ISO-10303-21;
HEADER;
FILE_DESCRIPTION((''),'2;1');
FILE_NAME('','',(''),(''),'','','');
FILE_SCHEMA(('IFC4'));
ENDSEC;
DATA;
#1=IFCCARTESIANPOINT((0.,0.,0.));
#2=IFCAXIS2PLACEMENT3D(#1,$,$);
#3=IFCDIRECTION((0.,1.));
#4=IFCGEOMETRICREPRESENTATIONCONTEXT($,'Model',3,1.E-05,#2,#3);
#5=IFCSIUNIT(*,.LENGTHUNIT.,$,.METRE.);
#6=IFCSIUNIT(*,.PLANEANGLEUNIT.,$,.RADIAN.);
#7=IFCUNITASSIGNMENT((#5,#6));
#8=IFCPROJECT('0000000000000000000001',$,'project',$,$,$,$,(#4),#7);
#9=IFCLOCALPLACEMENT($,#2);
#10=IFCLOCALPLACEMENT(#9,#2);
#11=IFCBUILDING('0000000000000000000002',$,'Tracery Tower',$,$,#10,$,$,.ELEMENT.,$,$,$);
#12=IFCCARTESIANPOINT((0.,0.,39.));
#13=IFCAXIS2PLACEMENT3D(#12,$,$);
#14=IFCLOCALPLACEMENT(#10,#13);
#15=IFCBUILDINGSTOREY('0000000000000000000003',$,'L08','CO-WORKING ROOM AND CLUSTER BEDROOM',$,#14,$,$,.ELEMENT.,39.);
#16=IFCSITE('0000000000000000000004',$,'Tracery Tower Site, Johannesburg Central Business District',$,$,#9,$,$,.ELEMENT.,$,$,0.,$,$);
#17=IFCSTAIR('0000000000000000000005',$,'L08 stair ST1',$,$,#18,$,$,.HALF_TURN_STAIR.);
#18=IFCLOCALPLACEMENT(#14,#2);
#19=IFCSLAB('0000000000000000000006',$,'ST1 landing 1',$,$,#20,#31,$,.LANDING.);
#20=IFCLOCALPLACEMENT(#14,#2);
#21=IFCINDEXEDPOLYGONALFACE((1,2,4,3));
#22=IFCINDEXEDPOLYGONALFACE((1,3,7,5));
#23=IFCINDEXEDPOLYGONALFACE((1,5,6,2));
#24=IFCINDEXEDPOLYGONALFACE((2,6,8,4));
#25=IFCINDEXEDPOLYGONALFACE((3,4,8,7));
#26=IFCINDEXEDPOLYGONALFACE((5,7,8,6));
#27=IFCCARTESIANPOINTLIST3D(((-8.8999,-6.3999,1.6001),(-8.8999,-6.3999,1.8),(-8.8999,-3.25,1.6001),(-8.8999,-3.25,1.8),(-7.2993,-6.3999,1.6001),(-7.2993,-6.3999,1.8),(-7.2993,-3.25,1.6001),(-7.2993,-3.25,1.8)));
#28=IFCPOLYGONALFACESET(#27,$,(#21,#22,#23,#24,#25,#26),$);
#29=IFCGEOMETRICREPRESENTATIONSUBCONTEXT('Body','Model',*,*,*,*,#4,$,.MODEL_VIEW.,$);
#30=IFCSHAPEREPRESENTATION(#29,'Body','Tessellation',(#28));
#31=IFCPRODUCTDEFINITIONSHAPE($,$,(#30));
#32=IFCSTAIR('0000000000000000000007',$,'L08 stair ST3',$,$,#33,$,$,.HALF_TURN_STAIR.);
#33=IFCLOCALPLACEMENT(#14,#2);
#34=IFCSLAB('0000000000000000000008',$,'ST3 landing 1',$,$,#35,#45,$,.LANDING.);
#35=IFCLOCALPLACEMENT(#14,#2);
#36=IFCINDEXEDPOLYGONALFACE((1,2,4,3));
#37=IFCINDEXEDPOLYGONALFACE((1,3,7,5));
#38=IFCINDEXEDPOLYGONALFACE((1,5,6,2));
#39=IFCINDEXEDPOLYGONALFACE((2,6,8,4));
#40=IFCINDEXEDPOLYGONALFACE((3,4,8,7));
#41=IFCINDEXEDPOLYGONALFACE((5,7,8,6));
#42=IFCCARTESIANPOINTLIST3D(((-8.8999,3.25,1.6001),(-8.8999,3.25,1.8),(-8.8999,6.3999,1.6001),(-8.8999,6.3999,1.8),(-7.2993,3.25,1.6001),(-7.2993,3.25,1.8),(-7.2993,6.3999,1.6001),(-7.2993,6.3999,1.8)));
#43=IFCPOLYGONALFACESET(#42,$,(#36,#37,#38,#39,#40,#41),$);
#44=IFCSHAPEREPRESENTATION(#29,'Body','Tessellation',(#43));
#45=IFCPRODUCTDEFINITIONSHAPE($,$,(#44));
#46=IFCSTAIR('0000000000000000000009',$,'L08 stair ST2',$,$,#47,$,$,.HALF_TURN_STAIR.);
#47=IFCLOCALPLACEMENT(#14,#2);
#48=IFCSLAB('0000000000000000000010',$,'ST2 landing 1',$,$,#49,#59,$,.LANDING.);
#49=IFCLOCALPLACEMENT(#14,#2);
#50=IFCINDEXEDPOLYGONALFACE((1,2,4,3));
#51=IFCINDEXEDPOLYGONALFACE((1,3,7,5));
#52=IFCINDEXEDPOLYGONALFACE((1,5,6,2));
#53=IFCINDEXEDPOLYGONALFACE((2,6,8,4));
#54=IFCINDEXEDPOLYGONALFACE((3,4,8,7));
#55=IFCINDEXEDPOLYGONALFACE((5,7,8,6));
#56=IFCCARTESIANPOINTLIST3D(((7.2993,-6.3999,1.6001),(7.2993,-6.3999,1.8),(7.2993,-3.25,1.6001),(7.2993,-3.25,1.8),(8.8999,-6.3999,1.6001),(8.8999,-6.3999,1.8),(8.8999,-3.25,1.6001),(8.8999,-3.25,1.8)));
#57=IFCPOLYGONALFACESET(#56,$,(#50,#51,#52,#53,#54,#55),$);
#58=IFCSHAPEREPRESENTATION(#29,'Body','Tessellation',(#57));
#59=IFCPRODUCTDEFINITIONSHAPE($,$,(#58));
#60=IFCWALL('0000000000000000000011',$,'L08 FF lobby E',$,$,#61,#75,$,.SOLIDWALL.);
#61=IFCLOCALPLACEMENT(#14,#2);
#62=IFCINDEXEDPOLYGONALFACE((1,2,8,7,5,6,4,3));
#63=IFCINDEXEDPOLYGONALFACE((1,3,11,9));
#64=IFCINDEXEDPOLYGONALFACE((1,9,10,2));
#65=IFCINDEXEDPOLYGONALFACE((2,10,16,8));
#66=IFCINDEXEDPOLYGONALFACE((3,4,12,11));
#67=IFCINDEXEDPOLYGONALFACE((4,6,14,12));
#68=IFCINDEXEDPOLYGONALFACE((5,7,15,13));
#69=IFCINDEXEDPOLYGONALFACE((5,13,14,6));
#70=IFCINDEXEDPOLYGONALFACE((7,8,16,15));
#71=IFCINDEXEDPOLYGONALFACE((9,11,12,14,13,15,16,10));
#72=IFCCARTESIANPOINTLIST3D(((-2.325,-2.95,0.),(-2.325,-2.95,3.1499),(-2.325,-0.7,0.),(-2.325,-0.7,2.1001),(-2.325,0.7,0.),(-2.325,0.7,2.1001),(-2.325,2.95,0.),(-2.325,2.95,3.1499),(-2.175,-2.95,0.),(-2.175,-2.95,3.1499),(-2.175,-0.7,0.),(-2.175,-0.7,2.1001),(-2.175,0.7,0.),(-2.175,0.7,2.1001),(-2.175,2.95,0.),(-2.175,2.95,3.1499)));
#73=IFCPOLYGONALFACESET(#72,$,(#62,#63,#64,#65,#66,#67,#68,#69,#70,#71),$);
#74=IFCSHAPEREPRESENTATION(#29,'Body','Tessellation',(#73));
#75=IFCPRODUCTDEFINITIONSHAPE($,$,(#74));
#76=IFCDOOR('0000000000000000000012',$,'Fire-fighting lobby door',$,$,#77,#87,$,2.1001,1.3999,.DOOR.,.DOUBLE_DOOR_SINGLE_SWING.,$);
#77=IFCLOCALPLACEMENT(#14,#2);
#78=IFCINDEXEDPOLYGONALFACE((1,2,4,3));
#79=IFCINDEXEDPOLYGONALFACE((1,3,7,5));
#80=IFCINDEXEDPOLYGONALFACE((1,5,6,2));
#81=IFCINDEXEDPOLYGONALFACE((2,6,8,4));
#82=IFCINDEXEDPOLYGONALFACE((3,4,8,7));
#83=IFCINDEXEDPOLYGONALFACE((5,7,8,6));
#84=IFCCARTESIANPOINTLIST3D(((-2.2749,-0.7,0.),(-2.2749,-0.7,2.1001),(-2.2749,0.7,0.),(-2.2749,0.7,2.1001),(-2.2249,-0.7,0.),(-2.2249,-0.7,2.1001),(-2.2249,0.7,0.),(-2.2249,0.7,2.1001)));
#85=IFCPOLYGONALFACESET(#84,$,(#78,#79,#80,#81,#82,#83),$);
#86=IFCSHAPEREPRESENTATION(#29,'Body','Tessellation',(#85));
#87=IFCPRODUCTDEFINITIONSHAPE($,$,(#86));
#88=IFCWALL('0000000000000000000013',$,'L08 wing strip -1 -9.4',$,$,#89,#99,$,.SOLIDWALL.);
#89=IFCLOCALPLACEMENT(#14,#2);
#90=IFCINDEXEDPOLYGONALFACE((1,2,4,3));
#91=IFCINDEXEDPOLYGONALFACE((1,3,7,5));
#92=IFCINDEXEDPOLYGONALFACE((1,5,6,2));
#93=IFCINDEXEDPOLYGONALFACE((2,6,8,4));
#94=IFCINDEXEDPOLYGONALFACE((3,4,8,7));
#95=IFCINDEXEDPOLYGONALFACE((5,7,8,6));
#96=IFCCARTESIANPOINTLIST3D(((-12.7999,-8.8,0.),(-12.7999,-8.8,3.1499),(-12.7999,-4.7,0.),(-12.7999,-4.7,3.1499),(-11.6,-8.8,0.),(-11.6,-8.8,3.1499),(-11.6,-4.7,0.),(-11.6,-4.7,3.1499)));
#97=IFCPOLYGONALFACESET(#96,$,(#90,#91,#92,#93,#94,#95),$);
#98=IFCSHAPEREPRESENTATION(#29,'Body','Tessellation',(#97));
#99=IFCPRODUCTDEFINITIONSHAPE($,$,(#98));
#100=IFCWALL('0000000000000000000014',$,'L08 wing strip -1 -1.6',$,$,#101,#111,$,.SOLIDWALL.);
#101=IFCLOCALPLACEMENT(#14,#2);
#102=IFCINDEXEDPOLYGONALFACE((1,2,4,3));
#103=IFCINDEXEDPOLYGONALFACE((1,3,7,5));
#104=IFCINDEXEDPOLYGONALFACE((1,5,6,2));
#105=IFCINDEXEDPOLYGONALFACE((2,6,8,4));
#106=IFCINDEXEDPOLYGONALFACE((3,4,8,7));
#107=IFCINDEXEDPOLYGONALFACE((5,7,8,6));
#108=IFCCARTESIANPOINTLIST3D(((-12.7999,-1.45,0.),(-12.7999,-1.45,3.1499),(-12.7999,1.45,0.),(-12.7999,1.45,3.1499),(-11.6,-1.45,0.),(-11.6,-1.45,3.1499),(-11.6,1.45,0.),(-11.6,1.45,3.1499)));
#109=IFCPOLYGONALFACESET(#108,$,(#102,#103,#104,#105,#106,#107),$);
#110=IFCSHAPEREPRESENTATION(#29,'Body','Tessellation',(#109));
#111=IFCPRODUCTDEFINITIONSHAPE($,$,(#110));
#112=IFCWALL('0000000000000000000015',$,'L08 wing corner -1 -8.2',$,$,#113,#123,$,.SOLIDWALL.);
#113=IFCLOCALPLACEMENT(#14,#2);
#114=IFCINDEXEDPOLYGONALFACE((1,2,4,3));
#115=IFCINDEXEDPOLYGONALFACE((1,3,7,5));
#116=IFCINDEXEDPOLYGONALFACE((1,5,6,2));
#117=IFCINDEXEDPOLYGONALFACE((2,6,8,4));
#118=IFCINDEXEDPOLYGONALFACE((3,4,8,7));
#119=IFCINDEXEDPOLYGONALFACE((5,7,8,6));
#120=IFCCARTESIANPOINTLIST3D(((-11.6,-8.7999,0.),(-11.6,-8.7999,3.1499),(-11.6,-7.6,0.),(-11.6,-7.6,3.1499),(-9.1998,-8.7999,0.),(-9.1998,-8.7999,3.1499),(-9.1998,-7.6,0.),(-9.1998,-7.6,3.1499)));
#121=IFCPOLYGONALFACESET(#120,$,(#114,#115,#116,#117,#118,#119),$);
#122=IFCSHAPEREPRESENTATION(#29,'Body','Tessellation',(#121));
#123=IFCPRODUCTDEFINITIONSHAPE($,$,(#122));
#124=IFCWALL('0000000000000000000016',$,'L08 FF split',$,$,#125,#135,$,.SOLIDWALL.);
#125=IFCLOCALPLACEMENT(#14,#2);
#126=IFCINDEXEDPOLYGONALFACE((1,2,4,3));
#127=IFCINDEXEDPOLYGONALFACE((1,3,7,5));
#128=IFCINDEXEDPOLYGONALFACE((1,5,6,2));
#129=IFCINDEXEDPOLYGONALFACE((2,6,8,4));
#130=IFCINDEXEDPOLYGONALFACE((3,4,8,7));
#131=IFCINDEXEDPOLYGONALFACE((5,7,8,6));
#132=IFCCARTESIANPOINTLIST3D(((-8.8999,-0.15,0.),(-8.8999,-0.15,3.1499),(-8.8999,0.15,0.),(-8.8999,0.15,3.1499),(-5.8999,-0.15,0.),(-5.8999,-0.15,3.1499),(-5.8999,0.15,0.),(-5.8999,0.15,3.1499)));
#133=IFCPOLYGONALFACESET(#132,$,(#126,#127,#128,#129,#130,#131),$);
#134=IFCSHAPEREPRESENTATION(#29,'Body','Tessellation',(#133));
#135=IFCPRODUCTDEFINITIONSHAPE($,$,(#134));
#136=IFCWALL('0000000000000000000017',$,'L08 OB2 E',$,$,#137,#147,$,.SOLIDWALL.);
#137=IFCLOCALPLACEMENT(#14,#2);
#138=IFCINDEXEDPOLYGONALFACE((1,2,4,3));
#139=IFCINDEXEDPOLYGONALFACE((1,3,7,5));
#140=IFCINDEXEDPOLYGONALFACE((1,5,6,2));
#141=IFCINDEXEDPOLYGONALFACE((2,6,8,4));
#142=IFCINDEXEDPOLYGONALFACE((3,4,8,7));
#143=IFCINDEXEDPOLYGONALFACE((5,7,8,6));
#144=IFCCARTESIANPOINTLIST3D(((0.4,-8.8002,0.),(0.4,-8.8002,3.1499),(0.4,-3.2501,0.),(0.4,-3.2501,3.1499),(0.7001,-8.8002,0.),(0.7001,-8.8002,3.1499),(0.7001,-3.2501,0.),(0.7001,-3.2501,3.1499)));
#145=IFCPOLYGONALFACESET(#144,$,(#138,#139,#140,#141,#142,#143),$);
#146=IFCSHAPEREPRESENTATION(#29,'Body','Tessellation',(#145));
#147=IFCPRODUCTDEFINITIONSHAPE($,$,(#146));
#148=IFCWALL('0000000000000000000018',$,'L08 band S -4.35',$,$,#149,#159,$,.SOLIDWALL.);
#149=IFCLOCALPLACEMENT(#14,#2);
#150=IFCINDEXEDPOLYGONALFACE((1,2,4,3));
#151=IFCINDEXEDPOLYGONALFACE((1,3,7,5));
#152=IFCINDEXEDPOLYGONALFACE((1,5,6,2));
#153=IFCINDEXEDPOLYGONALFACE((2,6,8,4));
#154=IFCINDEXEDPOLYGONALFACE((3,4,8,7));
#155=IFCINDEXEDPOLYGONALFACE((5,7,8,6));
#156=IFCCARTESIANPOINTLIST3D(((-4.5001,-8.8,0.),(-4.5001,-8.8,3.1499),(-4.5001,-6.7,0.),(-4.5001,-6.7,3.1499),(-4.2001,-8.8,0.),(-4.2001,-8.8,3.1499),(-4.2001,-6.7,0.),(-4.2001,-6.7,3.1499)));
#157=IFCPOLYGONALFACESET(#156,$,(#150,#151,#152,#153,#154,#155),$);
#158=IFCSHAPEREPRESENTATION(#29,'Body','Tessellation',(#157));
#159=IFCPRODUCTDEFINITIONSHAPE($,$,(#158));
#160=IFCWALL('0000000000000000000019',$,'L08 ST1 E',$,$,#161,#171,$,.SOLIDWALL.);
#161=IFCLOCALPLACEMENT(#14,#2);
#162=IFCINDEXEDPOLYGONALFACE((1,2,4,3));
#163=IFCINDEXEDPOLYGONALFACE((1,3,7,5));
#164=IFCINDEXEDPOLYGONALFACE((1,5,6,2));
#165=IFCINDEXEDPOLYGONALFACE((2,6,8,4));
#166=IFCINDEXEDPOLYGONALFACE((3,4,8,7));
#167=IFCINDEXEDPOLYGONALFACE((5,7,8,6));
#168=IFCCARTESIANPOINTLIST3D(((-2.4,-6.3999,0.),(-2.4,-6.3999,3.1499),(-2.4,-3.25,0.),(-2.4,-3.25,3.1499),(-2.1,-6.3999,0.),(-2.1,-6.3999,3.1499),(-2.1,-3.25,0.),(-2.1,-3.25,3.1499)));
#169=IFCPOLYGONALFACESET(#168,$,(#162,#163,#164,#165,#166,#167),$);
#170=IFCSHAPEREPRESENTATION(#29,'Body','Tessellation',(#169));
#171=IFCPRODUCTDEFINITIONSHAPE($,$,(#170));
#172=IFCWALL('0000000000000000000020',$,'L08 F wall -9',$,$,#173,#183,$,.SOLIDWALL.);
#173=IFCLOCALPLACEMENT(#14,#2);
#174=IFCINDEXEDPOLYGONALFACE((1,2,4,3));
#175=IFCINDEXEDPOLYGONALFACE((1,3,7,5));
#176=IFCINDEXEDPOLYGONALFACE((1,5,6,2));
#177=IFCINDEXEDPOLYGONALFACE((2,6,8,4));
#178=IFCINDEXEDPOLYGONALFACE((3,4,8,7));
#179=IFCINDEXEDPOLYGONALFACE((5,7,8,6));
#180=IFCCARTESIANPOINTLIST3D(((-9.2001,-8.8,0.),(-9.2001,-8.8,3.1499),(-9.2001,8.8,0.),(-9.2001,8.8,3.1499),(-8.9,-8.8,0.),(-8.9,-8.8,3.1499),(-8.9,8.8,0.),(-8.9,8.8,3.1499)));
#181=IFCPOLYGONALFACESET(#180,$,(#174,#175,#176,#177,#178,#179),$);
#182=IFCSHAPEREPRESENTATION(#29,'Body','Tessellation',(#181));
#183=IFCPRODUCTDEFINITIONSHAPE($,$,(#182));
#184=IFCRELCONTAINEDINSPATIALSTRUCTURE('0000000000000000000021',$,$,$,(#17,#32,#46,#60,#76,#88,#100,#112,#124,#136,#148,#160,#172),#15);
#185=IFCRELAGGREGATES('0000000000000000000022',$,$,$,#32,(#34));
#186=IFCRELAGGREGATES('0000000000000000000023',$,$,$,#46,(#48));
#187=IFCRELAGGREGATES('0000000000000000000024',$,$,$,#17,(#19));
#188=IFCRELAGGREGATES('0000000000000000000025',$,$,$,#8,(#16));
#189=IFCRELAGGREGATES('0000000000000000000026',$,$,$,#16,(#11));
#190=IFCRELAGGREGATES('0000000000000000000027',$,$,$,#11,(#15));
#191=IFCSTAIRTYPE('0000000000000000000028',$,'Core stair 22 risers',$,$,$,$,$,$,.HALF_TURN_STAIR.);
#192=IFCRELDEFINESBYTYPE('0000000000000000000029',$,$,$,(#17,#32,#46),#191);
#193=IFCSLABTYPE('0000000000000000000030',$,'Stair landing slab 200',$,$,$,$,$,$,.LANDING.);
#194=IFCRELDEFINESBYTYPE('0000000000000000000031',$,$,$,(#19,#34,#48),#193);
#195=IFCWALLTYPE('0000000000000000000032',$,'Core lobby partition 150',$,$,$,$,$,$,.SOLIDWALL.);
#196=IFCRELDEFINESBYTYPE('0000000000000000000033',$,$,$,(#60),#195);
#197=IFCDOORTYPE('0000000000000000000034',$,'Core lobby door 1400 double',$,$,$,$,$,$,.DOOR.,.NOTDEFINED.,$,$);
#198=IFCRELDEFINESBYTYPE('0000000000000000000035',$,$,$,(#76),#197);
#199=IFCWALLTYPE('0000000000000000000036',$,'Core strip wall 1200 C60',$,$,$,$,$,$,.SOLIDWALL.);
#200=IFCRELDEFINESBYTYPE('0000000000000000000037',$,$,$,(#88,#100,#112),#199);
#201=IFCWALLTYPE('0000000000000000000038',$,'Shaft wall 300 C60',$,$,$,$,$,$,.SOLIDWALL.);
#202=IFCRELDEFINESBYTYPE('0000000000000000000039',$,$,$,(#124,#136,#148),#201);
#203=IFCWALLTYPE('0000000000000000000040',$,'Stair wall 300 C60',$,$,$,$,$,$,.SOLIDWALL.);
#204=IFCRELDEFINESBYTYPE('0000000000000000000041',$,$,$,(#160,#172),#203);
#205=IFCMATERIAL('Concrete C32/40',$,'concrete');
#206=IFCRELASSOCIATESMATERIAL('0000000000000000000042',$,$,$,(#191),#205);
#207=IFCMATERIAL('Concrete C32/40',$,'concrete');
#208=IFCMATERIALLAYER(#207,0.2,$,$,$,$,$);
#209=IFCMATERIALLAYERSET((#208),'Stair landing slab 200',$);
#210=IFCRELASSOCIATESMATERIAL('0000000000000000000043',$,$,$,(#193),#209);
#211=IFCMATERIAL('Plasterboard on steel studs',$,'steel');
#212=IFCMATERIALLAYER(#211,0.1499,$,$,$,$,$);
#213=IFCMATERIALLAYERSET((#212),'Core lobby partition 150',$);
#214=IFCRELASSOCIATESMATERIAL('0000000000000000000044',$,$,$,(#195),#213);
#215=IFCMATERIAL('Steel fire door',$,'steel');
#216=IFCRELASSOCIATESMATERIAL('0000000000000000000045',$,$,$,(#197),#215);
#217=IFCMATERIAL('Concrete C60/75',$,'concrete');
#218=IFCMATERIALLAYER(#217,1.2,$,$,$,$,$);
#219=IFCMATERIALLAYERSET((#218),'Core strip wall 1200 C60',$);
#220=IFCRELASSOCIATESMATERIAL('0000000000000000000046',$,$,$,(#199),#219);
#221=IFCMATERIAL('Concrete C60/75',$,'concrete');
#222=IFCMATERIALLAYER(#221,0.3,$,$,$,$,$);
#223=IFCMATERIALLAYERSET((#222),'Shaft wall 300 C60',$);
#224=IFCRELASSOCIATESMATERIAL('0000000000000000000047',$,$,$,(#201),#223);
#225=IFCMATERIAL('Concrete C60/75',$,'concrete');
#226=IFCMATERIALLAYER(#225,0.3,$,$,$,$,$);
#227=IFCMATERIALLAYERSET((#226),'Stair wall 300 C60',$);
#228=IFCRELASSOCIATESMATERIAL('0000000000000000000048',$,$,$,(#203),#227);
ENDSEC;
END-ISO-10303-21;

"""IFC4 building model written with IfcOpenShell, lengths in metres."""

from ifc_helpers import new_model, si_unit, direction, frame, frame_2d, origin, place, context, subcontext, project, spatial, polyline, rectangle, outline, extrude, material, layer, layer_set, type_object, element, fill, aggregate, save


model = new_model("IFC4")

# Units and contexts
model_context = context("Model", 3, precision=1e-05, world=origin(), true_north=direction((0.0, 1.0)))
body_context = subcontext(model_context, "Body", "Model", "MODEL_VIEW")
ifc_project = project(units=[si_unit("LENGTHUNIT", "METRE"), si_unit("PLANEANGLEUNIT", "RADIAN")], contexts=[model_context])

# Site, building, storey
site_placement = place(None, origin())
site = spatial("IfcSite", under=ifc_project, at=site_placement, Name="Tracery Tower Site, Johannesburg Central Business District", CompositionType="ELEMENT", RefElevation=0.0)
building_placement = place(site_placement, origin())
building = spatial("IfcBuilding", under=site, at=building_placement, Name="Tracery Tower", CompositionType="ELEMENT")
storey_placement = place(building_placement, frame((0.0, 0.0, 39.0)))
storey = spatial("IfcBuildingStorey", under=building, at=storey_placement, Name="L08", Description="CO-WORKING ROOM AND CLUSTER BEDROOM", CompositionType="ELEMENT", Elevation=39.0)

# Stairs, slabs
ifc_material_1 = material(Name="Concrete C32/40", Category="concrete")
stair_type = type_object("IfcStairType", Name="Core stair 22 risers", PredefinedType="HALF_TURN_STAIR", material=ifc_material_1)
stair_1_placement = place(storey_placement, origin())
stair_1 = element("IfcStair", 1, at=stair_1_placement, inside=storey, type_object=stair_type, Name="L08 stair ST1", PredefinedType="HALF_TURN_STAIR")
ifc_material_2 = material(Name="Concrete C32/40", Category="concrete")
ifc_layer_1 = layer(ifc_material_2, 0.2)
ifc_layer_set_1 = layer_set([ifc_layer_1], Name="Stair landing slab 200")
slab_type_1 = type_object("IfcSlabType", Name="Stair landing slab 200", PredefinedType="LANDING", material=ifc_layer_set_1)
slab_1_placement = place(storey_placement, frame((0.0, 0.0, 1.6001)))
slab_1 = element("IfcSlab", 2, at=slab_1_placement, type_object=slab_type_1, Name="ST1 landing 1", PredefinedType="LANDING", context=body_context, shape_type="SweptSolid", body=[
    extrude(outline(polyline([(-7.2993, -3.25), (-8.8999, -3.25), (-8.8999, -6.3999), (-7.2993, -6.3999), (-7.2993, -3.25)])), origin(), (0.0, 0.0, 1.0), 0.2),
])
stair_2_placement = place(storey_placement, origin())
stair_2 = element("IfcStair", 3, at=stair_2_placement, inside=storey, type_object=stair_type, Name="L08 stair ST3", PredefinedType="HALF_TURN_STAIR")
slab_2_placement = place(storey_placement, frame((0.0, 0.0, 1.6001)))
slab_2 = element("IfcSlab", 4, at=slab_2_placement, type_object=slab_type_1, Name="ST3 landing 1", PredefinedType="LANDING", context=body_context, shape_type="SweptSolid", body=[
    extrude(outline(polyline([(-7.2993, 6.3999), (-8.8999, 6.3999), (-8.8999, 3.25), (-7.2993, 3.25), (-7.2993, 6.3999)])), origin(), (0.0, 0.0, 1.0), 0.2),
])
aggregate(stair_2, [slab_2])
stair_3_placement = place(storey_placement, origin())
stair_3 = element("IfcStair", 5, at=stair_3_placement, inside=storey, type_object=stair_type, Name="L08 stair ST2", PredefinedType="HALF_TURN_STAIR")
slab_3_placement = place(storey_placement, frame((0.0, 0.0, 1.6001)))
slab_3 = element("IfcSlab", 6, at=slab_3_placement, type_object=slab_type_1, Name="ST2 landing 1", PredefinedType="LANDING", context=body_context, shape_type="SweptSolid", body=[
    extrude(outline(polyline([(7.2993, -6.3999), (8.8999, -6.3999), (8.8999, -3.25), (7.2993, -3.25), (7.2993, -6.3999)])), origin(), (0.0, 0.0, 1.0), 0.2),
])
aggregate(stair_3, [slab_3])

# Wall, opening, door
ifc_material_3 = material(Name="Plasterboard on steel studs", Category="steel")
ifc_layer_2 = layer(ifc_material_3, 0.1499)
ifc_layer_set_2 = layer_set([ifc_layer_2], Name="Core lobby partition 150")
wall_type_1 = type_object("IfcWallType", Name="Core lobby partition 150", PredefinedType="SOLIDWALL", material=ifc_layer_set_2)
wall_1_placement = place(storey_placement, frame((-2.25, -2.95, 0.0), z_axis=(0.0, 0.0, 1.0), x_axis=(0.0, 1.0, 0.0)))
wall_1 = element("IfcWall", 7, at=wall_1_placement, inside=storey, type_object=wall_type_1, Name="L08 FF lobby E", PredefinedType="SOLIDWALL", context=body_context, shape_type="SweptSolid", body=[
    extrude(rectangle(XDim=5.8999, YDim=0.1499, at=frame_2d((2.95, 0.0))), origin(), (0.0, 0.0, 1.0), 3.1499),
])
opening_1_placement = place(wall_1_placement, frame((2.25, 0.0, 0.0)))
opening_1 = element("IfcOpeningElement", 8, at=opening_1_placement, cuts=wall_1, PredefinedType="OPENING", context=body_context, shape_type="SweptSolid", body=[
    extrude(rectangle(XDim=1.3999, YDim=2.1001, at=frame_2d((0.7, 1.05))), frame((0.0, 0.075, 0.0), z_axis=(0.0, -1.0, 0.0), x_axis=(1.0, 0.0, 0.0)), (0.0, 0.0, 1.0), 0.1499),
])
ifc_material_4 = material(Name="Steel fire door", Category="steel")
door_type_1 = type_object("IfcDoorType", Name="Core lobby door 1400 double", OperationType="NOTDEFINED", PredefinedType="DOOR", material=ifc_material_4)
door_1_placement = place(opening_1_placement, origin())
door_1 = element("IfcDoor", 9, at=door_1_placement, inside=storey, type_object=door_type_1, Name="Fire-fighting lobby door", OperationType="DOUBLE_DOOR_SINGLE_SWING", OverallHeight=2.1001, OverallWidth=1.3999, PredefinedType="DOOR", context=body_context, shape_type="SweptSolid", body=[
    extrude(rectangle(XDim=1.3999, YDim=2.1001, at=frame_2d((0.7, 1.05))), frame((0.0, 0.0249, 0.0), z_axis=(0.0, -1.0, 0.0), x_axis=(1.0, 0.0, 0.0)), (0.0, 0.0, 1.0), 0.05),
])
fill(opening_1, door_1)

# Walls
ifc_material_5 = material(Name="Concrete C60/75", Category="concrete")
ifc_layer_3 = layer(ifc_material_5, 1.2)
ifc_layer_set_3 = layer_set([ifc_layer_3], Name="Core strip wall 1200 C60")
wall_type_2 = type_object("IfcWallType", Name="Core strip wall 1200 C60", PredefinedType="SOLIDWALL", material=ifc_layer_set_3)
wall_2_placement = place(storey_placement, frame((-12.2, -8.8, 0.0), z_axis=(0.0, 0.0, 1.0), x_axis=(0.0, 1.0, 0.0)))
element("IfcWall", 10, at=wall_2_placement, inside=storey, type_object=wall_type_2, Name="L08 wing strip -1 -9.4", PredefinedType="SOLIDWALL", context=body_context, shape_type="SweptSolid", body=[
    extrude(rectangle(XDim=4.1001, YDim=1.2, at=frame_2d((2.05, 0.0))), origin(), (0.0, 0.0, 1.0), 3.1499),
])
wall_3_placement = place(storey_placement, frame((-12.2, -1.45, 0.0), z_axis=(0.0, 0.0, 1.0), x_axis=(0.0, 1.0, 0.0)))
element("IfcWall", 11, at=wall_3_placement, inside=storey, type_object=wall_type_2, Name="L08 wing strip -1 -1.6", PredefinedType="SOLIDWALL", context=body_context, shape_type="SweptSolid", body=[
    extrude(rectangle(XDim=2.8999, YDim=1.2, at=frame_2d((1.45, 0.0))), origin(), (0.0, 0.0, 1.0), 3.1499),
])
wall_4_placement = place(storey_placement, frame((-11.6001, -8.2, 0.0), z_axis=(0.0, 0.0, 1.0), x_axis=(1.0, 0.0, 0.0)))
element("IfcWall", 12, at=wall_4_placement, inside=storey, type_object=wall_type_2, Name="L08 wing corner -1 -8.2", PredefinedType="SOLIDWALL", context=body_context, shape_type="SweptSolid", body=[
    extrude(rectangle(XDim=2.4001, YDim=1.2, at=frame_2d((1.2002, 0.0))), origin(), (0.0, 0.0, 1.0), 3.1499),
])
ifc_material_6 = material(Name="Concrete C60/75", Category="concrete")
ifc_layer_4 = layer(ifc_material_6, 0.3)
ifc_layer_set_4 = layer_set([ifc_layer_4], Name="Shaft wall 300 C60")
wall_type_3 = type_object("IfcWallType", Name="Shaft wall 300 C60", PredefinedType="SOLIDWALL", material=ifc_layer_set_4)
wall_5_placement = place(storey_placement, frame((-8.8999, 0.0, 0.0), z_axis=(0.0, 0.0, 1.0), x_axis=(1.0, 0.0, 0.0)))
element("IfcWall", 13, at=wall_5_placement, inside=storey, type_object=wall_type_3, Name="L08 FF split", PredefinedType="SOLIDWALL", context=body_context, shape_type="SweptSolid", body=[
    extrude(rectangle(XDim=3.0, YDim=0.3, at=frame_2d((1.5, 0.0))), origin(), (0.0, 0.0, 1.0), 3.1499),
])

# Walls
wall_6_placement = place(storey_placement, frame((0.55, -8.8, 0.0), z_axis=(0.0, 0.0, 1.0), x_axis=(0.0, 1.0, 0.0)))
element("IfcWall", 14, at=wall_6_placement, inside=storey, type_object=wall_type_3, Name="L08 OB2 E", PredefinedType="SOLIDWALL", context=body_context, shape_type="SweptSolid", body=[
    extrude(rectangle(XDim=5.55, YDim=0.3, at=frame_2d((2.7749, 0.0))), origin(), (0.0, 0.0, 1.0), 3.1499),
])
wall_7_placement = place(storey_placement, frame((-4.3501, -8.8, 0.0), z_axis=(0.0, 0.0, 1.0), x_axis=(0.0, 1.0, 0.0)))
element("IfcWall", 15, at=wall_7_placement, inside=storey, type_object=wall_type_3, Name="L08 band S -4.35", PredefinedType="SOLIDWALL", context=body_context, shape_type="SweptSolid", body=[
    extrude(rectangle(XDim=2.1001, YDim=0.3, at=frame_2d((1.05, 0.0))), origin(), (0.0, 0.0, 1.0), 3.1499),
])

# Shared definitions
ifc_material_7 = material(Name="Concrete C60/75", Category="concrete")
ifc_layer_5 = layer(ifc_material_7, 0.3)
ifc_layer_set_5 = layer_set([ifc_layer_5], Name="Stair wall 300 C60")
wall_type_4 = type_object("IfcWallType", Name="Stair wall 300 C60", PredefinedType="SOLIDWALL", material=ifc_layer_set_5)

# Walls
wall_8_placement = place(storey_placement, frame((-2.25, -6.3999, 0.0), z_axis=(0.0, 0.0, 1.0), x_axis=(0.0, 1.0, 0.0)))
element("IfcWall", 16, at=wall_8_placement, inside=storey, type_object=wall_type_4, Name="L08 ST1 E", PredefinedType="SOLIDWALL", context=body_context, shape_type="SweptSolid", body=[
    extrude(rectangle(XDim=3.1499, YDim=0.3, at=frame_2d((1.575, 0.0))), origin(), (0.0, 0.0, 1.0), 3.1499),
])
wall_9_placement = place(storey_placement, frame((-9.05, -8.8, 0.0), z_axis=(0.0, 0.0, 1.0), x_axis=(0.0, 1.0, 0.0)))
element("IfcWall", 17, at=wall_9_placement, inside=storey, type_object=wall_type_4, Name="L08 F wall -9", PredefinedType="SOLIDWALL", context=body_context, shape_type="SweptSolid", body=[
    extrude(rectangle(XDim=17.6001, YDim=0.3, at=frame_2d((8.8, 0.0))), origin(), (0.0, 0.0, 1.0), 3.1499),
])

aggregate(stair_1, [slab_1])

save(model, "model.ifc")
